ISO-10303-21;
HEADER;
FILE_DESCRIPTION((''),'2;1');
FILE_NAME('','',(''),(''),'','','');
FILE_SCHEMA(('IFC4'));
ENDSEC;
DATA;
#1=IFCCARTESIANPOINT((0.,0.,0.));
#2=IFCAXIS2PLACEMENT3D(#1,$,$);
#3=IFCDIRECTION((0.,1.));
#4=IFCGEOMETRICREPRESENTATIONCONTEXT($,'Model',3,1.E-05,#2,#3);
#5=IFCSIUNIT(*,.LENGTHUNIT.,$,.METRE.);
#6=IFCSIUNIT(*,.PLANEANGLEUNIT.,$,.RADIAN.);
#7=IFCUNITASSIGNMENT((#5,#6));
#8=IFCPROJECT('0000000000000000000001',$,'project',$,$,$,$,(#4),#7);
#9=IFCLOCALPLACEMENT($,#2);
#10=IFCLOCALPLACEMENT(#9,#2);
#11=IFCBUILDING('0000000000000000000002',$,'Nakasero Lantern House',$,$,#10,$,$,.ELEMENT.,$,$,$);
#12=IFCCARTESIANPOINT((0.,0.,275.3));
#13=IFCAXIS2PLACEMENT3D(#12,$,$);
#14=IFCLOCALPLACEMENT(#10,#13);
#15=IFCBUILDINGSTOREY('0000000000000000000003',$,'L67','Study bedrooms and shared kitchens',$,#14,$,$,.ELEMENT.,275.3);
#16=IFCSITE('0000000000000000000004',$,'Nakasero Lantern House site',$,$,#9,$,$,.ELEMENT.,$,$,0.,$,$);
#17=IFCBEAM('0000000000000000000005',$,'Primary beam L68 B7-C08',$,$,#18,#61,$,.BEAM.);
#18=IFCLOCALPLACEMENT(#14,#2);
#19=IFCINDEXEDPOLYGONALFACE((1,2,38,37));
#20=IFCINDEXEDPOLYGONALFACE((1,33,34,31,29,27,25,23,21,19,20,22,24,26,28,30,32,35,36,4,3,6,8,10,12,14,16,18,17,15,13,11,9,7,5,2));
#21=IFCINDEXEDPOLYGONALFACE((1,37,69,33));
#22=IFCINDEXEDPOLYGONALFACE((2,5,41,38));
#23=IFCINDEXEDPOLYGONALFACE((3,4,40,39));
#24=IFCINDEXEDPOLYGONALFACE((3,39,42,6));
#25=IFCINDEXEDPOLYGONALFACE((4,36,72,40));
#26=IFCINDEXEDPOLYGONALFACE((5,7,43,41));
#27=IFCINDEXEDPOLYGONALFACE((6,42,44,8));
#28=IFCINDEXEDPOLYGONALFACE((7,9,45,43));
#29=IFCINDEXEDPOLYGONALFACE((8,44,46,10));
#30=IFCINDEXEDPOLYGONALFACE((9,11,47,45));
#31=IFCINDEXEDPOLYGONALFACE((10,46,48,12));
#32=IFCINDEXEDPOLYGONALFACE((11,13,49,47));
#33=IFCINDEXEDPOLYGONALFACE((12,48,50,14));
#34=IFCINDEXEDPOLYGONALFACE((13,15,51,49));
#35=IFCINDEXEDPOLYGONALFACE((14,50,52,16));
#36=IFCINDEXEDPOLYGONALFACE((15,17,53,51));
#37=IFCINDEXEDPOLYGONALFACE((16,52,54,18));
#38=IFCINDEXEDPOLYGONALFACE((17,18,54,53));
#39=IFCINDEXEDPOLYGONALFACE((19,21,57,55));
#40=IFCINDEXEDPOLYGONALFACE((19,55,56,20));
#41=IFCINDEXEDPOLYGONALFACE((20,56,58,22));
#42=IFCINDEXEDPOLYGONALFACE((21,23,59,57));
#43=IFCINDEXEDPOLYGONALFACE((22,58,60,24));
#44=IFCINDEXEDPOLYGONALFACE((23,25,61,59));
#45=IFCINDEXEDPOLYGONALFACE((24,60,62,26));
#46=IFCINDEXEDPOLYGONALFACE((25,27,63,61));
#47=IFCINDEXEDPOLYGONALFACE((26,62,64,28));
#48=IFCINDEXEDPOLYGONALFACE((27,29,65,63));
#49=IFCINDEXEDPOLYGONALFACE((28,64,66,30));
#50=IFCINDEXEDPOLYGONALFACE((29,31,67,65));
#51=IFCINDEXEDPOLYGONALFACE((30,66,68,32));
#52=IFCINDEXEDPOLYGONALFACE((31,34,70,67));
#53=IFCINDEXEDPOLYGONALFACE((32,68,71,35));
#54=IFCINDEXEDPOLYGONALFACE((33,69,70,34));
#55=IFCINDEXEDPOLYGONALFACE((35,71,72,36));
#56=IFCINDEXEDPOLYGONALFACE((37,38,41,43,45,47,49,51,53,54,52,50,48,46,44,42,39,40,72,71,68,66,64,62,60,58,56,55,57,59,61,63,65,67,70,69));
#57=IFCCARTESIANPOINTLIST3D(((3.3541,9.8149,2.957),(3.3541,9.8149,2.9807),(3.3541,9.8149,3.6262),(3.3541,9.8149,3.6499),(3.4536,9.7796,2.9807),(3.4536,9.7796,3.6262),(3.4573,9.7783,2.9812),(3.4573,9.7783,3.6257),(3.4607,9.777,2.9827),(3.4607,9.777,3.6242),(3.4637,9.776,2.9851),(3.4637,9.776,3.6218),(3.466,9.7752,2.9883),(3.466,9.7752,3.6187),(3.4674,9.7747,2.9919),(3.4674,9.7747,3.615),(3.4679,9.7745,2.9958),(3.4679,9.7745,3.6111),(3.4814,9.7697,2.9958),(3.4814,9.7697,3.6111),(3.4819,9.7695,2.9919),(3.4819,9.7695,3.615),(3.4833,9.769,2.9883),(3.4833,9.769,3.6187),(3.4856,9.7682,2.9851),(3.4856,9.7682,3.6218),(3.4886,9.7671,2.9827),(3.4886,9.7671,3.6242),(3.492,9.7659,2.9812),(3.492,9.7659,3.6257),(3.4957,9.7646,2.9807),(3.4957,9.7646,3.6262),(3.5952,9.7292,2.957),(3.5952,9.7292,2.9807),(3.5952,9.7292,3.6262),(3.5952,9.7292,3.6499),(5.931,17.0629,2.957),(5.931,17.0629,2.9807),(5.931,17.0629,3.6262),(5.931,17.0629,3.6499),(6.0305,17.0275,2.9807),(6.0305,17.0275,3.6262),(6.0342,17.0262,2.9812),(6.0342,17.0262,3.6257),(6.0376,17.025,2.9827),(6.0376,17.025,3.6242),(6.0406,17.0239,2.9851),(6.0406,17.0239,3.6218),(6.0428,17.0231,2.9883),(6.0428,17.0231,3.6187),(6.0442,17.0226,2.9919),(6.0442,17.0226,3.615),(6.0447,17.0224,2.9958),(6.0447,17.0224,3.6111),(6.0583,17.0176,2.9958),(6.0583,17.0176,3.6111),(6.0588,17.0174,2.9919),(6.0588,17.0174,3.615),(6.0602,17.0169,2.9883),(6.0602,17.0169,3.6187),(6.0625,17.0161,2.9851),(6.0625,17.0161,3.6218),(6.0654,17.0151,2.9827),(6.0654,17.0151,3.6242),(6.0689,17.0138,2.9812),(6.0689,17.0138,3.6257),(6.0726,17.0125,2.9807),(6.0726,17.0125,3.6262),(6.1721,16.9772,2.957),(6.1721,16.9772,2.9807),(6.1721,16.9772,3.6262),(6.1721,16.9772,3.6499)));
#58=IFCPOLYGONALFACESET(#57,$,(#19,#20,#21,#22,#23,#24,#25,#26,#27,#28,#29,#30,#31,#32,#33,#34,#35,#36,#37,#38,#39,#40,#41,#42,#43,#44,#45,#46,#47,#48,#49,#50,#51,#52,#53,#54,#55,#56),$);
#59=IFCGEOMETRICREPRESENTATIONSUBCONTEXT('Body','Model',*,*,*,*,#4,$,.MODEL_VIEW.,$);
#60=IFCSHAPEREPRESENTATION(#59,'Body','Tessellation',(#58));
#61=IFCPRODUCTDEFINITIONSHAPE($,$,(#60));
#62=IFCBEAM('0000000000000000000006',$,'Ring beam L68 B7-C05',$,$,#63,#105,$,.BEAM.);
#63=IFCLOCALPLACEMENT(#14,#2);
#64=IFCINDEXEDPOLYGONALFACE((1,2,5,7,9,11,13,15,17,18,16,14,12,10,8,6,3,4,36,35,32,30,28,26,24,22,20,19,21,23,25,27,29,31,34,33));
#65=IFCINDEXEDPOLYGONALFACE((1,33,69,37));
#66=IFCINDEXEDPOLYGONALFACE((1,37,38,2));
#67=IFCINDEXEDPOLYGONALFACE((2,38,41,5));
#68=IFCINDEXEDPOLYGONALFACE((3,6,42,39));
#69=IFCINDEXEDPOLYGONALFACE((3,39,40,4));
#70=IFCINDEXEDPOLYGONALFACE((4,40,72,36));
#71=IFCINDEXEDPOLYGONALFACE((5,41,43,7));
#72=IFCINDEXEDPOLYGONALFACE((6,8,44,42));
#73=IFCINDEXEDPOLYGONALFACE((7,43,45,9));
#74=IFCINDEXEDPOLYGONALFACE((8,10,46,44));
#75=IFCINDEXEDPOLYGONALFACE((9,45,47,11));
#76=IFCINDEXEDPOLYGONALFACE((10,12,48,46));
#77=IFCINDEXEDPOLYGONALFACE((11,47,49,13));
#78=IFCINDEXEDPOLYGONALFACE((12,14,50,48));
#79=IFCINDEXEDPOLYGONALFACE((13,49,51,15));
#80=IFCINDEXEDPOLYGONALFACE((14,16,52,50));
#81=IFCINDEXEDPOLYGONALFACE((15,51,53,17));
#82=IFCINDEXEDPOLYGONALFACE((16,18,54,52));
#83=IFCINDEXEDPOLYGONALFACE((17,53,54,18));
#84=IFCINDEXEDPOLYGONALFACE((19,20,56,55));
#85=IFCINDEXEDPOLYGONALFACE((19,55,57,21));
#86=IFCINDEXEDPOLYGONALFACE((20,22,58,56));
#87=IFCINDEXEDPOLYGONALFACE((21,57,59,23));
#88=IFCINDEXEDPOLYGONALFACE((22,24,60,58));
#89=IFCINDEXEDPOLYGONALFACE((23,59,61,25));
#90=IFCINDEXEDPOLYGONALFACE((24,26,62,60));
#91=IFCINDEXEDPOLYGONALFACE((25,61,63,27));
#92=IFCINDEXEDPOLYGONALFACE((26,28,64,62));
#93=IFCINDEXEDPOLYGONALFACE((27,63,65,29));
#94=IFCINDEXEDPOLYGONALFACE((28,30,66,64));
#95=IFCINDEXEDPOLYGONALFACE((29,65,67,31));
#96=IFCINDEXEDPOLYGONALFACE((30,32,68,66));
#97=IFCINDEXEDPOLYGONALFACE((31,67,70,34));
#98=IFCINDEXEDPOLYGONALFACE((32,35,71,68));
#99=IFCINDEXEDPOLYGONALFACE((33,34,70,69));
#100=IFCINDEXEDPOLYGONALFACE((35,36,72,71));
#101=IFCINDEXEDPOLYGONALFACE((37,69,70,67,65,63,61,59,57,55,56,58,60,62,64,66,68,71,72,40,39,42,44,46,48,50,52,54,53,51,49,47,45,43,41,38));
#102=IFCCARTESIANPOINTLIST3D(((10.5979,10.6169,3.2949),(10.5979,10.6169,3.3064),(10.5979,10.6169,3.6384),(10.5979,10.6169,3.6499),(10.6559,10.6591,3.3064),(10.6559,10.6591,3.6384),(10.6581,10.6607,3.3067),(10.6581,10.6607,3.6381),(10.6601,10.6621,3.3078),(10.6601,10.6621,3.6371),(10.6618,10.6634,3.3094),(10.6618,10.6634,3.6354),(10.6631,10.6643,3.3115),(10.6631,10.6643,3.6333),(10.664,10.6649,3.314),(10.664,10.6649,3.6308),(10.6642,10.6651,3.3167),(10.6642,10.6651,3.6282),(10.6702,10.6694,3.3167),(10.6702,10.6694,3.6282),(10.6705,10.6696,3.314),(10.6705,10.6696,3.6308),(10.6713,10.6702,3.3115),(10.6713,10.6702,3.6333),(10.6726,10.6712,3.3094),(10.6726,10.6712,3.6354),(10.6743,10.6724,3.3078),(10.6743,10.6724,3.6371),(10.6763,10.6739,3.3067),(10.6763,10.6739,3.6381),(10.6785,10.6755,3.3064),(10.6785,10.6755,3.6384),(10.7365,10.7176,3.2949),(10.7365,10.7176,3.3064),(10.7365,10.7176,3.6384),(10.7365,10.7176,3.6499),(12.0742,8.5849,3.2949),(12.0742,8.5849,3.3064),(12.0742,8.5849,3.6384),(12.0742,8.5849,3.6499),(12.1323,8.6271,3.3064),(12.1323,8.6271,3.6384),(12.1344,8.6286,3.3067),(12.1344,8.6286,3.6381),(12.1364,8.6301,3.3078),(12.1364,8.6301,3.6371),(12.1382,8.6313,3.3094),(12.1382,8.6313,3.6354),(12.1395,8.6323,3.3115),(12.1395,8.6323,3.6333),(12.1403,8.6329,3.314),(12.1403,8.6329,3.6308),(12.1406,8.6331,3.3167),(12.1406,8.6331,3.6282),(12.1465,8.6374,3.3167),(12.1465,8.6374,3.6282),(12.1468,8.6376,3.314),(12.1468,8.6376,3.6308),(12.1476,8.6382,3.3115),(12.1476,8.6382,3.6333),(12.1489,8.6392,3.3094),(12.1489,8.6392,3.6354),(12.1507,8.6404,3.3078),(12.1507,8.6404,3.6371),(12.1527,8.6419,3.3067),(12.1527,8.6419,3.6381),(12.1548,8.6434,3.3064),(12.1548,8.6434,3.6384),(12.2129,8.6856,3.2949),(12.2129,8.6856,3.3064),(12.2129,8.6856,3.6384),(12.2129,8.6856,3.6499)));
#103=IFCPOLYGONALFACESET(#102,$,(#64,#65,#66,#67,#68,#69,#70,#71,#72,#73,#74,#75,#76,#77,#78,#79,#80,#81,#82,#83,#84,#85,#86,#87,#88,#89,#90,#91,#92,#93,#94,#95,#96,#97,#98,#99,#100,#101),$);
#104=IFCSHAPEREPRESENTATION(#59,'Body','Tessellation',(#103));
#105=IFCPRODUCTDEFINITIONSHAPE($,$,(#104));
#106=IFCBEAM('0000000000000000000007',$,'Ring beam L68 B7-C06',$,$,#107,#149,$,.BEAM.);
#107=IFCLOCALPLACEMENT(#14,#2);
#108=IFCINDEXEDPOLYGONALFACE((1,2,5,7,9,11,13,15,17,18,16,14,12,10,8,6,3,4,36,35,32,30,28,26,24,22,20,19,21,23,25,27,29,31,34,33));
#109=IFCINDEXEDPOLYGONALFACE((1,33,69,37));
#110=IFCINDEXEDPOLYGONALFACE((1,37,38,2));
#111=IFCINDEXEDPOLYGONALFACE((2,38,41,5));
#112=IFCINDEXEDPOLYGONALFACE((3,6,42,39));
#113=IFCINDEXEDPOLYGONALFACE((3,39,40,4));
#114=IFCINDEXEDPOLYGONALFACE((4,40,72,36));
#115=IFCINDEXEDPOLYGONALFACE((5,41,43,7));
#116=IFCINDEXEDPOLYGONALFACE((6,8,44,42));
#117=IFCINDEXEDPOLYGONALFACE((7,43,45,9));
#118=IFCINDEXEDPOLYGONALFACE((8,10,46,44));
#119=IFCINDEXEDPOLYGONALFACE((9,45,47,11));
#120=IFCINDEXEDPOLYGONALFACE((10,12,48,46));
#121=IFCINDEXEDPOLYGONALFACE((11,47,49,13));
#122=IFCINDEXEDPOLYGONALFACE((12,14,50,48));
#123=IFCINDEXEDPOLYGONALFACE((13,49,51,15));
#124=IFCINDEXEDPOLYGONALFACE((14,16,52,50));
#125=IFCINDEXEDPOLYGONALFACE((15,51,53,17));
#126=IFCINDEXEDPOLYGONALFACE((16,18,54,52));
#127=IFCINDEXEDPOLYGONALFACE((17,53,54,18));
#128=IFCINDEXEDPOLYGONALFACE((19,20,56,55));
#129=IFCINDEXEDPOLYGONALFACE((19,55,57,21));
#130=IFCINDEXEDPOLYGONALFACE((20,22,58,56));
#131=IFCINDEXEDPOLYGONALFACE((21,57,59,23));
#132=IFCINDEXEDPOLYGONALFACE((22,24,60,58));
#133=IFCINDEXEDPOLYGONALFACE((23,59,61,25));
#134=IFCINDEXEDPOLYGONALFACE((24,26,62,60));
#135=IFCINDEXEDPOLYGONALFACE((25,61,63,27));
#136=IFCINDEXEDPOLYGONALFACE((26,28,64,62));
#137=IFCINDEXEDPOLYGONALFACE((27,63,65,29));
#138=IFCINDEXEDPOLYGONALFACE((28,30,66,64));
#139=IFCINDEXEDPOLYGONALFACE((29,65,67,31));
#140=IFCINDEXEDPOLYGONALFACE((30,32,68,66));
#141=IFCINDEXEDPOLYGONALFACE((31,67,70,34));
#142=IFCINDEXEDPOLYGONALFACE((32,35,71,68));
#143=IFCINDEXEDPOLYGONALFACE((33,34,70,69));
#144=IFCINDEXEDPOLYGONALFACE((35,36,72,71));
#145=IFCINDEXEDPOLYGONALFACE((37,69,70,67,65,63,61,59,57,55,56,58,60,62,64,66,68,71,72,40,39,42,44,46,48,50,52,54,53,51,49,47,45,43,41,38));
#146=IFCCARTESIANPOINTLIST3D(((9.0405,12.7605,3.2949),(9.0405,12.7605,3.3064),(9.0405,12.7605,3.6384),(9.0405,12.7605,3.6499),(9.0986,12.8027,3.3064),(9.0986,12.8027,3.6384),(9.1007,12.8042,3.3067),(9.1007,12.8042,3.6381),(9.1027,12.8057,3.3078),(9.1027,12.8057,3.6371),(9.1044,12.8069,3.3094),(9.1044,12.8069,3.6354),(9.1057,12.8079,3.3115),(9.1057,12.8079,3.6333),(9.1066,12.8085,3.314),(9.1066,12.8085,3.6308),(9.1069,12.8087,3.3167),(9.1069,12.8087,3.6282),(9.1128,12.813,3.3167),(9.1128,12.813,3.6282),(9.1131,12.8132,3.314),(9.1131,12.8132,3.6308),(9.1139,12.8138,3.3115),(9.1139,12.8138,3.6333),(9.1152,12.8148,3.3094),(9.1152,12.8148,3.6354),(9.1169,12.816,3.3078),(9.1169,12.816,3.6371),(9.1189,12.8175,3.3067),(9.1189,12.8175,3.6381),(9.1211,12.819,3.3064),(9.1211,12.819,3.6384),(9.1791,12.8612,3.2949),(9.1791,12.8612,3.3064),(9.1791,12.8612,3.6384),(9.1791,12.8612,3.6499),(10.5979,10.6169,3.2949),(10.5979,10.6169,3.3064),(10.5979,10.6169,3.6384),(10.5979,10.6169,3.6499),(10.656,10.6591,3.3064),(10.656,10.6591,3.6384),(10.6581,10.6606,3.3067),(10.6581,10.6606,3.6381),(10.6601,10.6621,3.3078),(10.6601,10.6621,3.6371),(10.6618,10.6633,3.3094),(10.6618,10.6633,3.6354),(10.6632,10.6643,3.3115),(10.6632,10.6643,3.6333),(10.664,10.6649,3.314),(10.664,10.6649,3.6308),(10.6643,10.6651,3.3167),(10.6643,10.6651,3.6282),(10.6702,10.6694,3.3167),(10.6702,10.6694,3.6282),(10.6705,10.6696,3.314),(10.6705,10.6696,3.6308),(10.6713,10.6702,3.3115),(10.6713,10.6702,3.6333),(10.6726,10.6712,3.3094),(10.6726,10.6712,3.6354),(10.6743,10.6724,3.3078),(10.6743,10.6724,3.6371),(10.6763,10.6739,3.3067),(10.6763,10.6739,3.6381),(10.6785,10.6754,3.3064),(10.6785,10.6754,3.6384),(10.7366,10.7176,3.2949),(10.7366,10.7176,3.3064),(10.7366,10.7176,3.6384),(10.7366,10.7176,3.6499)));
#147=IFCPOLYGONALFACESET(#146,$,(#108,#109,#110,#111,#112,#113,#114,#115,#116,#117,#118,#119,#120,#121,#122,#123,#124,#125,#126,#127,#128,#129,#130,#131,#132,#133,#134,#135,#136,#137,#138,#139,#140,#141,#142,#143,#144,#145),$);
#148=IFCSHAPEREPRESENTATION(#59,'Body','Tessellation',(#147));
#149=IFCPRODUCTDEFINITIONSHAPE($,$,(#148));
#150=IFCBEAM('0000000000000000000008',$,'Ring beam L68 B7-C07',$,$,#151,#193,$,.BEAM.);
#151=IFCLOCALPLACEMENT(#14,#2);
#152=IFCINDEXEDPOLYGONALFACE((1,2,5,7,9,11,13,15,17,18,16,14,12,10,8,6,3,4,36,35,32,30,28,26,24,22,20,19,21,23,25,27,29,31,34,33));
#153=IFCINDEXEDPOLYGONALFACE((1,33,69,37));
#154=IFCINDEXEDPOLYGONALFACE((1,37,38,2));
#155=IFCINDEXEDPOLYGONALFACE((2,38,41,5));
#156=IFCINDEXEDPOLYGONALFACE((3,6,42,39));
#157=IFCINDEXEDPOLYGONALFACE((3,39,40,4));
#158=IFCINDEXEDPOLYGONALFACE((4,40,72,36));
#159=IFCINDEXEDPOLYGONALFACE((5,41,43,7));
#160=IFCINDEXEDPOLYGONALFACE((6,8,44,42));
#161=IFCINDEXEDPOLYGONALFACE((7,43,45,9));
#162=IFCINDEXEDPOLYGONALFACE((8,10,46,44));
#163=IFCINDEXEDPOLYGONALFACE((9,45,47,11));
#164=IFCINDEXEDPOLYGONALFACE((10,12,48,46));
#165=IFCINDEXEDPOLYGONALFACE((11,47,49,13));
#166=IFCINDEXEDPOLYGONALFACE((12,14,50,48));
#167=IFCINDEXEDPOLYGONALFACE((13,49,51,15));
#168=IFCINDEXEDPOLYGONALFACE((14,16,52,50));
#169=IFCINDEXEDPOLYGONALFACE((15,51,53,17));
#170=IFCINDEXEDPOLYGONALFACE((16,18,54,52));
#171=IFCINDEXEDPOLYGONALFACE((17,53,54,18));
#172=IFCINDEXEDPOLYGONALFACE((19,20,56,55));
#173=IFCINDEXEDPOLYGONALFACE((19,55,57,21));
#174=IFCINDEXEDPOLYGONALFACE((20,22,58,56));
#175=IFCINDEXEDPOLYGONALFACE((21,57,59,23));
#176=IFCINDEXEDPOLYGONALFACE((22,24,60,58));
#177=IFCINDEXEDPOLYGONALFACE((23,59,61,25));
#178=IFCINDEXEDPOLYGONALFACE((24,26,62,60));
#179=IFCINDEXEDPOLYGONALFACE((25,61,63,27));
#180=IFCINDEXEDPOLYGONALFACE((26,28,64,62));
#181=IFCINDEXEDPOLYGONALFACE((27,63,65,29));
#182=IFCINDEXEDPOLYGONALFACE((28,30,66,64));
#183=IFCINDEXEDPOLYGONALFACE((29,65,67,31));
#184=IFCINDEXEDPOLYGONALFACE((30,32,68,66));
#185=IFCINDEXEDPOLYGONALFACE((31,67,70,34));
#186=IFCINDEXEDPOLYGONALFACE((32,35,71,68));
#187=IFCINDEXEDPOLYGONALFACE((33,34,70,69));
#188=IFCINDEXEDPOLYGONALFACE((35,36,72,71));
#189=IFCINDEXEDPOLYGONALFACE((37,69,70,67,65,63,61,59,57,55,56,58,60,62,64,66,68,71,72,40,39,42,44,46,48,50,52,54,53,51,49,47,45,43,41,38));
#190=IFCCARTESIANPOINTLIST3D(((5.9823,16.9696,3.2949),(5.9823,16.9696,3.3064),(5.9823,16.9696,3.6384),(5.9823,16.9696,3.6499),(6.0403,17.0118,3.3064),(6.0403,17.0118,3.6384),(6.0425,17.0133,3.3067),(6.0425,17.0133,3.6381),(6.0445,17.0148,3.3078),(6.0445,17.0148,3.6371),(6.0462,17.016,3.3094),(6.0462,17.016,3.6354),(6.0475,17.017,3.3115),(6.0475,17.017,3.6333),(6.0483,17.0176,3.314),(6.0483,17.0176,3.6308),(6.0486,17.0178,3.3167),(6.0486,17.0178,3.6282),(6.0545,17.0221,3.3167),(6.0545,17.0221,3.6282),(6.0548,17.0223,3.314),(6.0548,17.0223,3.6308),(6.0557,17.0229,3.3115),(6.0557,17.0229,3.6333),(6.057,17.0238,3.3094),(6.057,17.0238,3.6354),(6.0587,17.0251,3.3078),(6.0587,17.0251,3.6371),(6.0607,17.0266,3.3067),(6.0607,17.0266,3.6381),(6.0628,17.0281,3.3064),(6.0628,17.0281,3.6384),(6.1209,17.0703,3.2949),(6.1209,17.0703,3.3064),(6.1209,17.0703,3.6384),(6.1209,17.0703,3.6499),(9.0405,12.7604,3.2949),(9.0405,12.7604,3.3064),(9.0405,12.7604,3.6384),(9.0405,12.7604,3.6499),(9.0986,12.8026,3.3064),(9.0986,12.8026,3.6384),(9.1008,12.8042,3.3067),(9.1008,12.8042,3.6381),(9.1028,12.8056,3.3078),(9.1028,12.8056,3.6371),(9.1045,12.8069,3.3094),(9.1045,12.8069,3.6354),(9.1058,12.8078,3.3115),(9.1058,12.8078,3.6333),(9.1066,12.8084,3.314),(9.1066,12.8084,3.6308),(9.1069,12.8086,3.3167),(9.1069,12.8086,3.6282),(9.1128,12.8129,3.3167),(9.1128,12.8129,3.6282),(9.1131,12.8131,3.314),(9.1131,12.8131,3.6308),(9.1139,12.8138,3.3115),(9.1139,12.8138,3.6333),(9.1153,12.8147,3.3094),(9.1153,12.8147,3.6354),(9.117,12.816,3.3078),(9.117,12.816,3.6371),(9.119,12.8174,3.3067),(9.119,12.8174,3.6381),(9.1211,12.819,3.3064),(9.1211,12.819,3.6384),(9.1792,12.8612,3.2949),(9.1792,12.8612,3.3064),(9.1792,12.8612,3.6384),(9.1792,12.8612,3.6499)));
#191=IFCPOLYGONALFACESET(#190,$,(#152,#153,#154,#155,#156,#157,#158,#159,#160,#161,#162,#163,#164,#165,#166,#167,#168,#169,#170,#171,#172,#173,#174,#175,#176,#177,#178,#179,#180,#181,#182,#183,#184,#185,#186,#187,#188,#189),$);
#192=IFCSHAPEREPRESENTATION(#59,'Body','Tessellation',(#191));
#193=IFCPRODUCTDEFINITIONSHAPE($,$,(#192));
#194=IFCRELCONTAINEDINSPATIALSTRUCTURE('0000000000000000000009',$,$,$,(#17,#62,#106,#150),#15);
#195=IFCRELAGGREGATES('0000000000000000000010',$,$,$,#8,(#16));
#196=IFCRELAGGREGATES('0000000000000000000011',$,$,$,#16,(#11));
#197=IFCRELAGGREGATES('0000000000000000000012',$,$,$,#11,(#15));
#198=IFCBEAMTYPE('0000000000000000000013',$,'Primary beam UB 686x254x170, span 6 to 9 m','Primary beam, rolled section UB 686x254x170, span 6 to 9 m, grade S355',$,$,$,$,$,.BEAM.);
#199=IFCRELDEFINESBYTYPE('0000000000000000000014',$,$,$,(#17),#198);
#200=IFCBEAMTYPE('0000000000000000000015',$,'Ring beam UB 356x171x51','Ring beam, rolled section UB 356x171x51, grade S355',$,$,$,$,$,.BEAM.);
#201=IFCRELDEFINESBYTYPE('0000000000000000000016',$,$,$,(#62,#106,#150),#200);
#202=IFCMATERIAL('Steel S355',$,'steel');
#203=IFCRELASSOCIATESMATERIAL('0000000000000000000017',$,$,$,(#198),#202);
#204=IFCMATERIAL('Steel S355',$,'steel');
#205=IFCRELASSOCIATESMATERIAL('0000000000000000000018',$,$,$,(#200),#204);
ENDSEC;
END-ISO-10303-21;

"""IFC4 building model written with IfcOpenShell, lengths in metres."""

from ifc_helpers import new_model, si_unit, direction, frame, origin, origin_2d, place, context, subcontext, project, spatial, i_section, extrude, material, material_profile, profile_set, type_object, element, save


model = new_model("IFC4")

# Units and contexts
model_context = context("Model", 3, precision=1e-05, world=origin(), true_north=direction((0.0, 1.0)))
body_context = subcontext(model_context, "Body", "Model", "MODEL_VIEW")
ifc_project = project(units=[si_unit("LENGTHUNIT", "METRE"), si_unit("PLANEANGLEUNIT", "RADIAN")], contexts=[model_context])

# Site, building, storey
site_placement = place(None, origin())
site = spatial("IfcSite", under=ifc_project, at=site_placement, Name="Nakasero Lantern House site", CompositionType="ELEMENT", RefElevation=0.0)
building_placement = place(site_placement, origin())
building = spatial("IfcBuilding", under=site, at=building_placement, Name="Nakasero Lantern House", CompositionType="ELEMENT")
storey_placement = place(building_placement, frame((0.0, 0.0, 275.3)))
storey = spatial("IfcBuildingStorey", under=building, at=storey_placement, Name="L67", Description="Study bedrooms and shared kitchens", CompositionType="ELEMENT", Elevation=275.3)

# Beams
ifc_material_1 = material(Name="Steel S355", Category="steel")
ifc_material_profile_1 = material_profile(ifc_material_1, i_section(OverallWidth=0.2559, OverallDepth=0.6929, WebThickness=0.0144, FlangeThickness=0.0237, FilletRadius=0.0151, at=origin_2d()), Name="UB 686x254x170")
ifc_profile_set_1 = profile_set([ifc_material_profile_1], Name="Steel S355")
beam_type_1 = type_object("IfcBeamType", Name="Primary beam UB 686x254x170, span 6 to 9 m", Description="Primary beam, rolled section UB 686x254x170, span 6 to 9 m, grade S355", PredefinedType="BEAM", material=ifc_profile_set_1)
beam_1_placement = place(storey_placement, frame((6.0515, 17.02, 3.3035), z_axis=(-0.334989, -0.942222, 0.0), x_axis=(0.942222, -0.334989, 0.0)))
element("IfcBeam", 1, at=beam_1_placement, inside=storey, type_object=beam_type_1, Name="Primary beam L68 B7-C08", PredefinedType="BEAM", context=body_context, shape_type="SweptSolid", body=[
    extrude(i_section(OverallWidth=0.2559, OverallDepth=0.6929, WebThickness=0.0144, FlangeThickness=0.0237, FilletRadius=0.0151, at=origin_2d()), origin(), (0.0, 0.0, 1.0), 7.6924),
])
ifc_material_2 = material(Name="Steel S355", Category="steel")
ifc_material_profile_2 = material_profile(ifc_material_2, i_section(OverallWidth=0.1714, OverallDepth=0.355, WebThickness=0.0073, FlangeThickness=0.0115, FilletRadius=0.0103, at=origin_2d()), Name="UB 356x171x51")
ifc_profile_set_2 = profile_set([ifc_material_profile_2], Name="Steel S355")
beam_type_2 = type_object("IfcBeamType", Name="Ring beam UB 356x171x51", Description="Ring beam, rolled section UB 356x171x51, grade S355", PredefinedType="BEAM", material=ifc_profile_set_2)
beam_2_placement = place(storey_placement, frame((12.1436, 8.6353, 3.4724), z_axis=(-0.587784, 0.809018, 0.0), x_axis=(-0.809018, -0.587784, 0.0)))
element("IfcBeam", 2, at=beam_2_placement, inside=storey, type_object=beam_type_2, Name="Ring beam L68 B7-C05", PredefinedType="BEAM", context=body_context, shape_type="SweptSolid", body=[
    extrude(i_section(OverallWidth=0.1714, OverallDepth=0.355, WebThickness=0.0073, FlangeThickness=0.0115, FilletRadius=0.0103, at=origin_2d()), origin(), (0.0, 0.0, 1.0), 2.5117),
])
beam_3_placement = place(storey_placement, frame((10.6672, 10.6672, 3.4724), z_axis=(-0.587783, 0.809019, 0.0), x_axis=(-0.809019, -0.587783, 0.0)))
element("IfcBeam", 3, at=beam_3_placement, inside=storey, type_object=beam_type_2, Name="Ring beam L68 B7-C06", PredefinedType="BEAM", context=body_context, shape_type="SweptSolid", body=[
    extrude(i_section(OverallWidth=0.1714, OverallDepth=0.355, WebThickness=0.0073, FlangeThickness=0.0115, FilletRadius=0.0103, at=origin_2d()), origin(), (0.0, 0.0, 1.0), 2.6497),
])
beam_4_placement = place(storey_placement, frame((9.1099, 12.8108, 3.4724), z_axis=(-0.587806, 0.809002, 0.0), x_axis=(-0.809002, -0.587806, 0.0)))
element("IfcBeam", 4, at=beam_4_placement, inside=storey, type_object=beam_type_2, Name="Ring beam L68 B7-C07", PredefinedType="BEAM", context=body_context, shape_type="SweptSolid", body=[
    extrude(i_section(OverallWidth=0.1714, OverallDepth=0.355, WebThickness=0.0073, FlangeThickness=0.0115, FilletRadius=0.0103, at=origin_2d()), origin(), (0.0, 0.0, 1.0), 5.2029),
])

save(model, "model.ifc")
